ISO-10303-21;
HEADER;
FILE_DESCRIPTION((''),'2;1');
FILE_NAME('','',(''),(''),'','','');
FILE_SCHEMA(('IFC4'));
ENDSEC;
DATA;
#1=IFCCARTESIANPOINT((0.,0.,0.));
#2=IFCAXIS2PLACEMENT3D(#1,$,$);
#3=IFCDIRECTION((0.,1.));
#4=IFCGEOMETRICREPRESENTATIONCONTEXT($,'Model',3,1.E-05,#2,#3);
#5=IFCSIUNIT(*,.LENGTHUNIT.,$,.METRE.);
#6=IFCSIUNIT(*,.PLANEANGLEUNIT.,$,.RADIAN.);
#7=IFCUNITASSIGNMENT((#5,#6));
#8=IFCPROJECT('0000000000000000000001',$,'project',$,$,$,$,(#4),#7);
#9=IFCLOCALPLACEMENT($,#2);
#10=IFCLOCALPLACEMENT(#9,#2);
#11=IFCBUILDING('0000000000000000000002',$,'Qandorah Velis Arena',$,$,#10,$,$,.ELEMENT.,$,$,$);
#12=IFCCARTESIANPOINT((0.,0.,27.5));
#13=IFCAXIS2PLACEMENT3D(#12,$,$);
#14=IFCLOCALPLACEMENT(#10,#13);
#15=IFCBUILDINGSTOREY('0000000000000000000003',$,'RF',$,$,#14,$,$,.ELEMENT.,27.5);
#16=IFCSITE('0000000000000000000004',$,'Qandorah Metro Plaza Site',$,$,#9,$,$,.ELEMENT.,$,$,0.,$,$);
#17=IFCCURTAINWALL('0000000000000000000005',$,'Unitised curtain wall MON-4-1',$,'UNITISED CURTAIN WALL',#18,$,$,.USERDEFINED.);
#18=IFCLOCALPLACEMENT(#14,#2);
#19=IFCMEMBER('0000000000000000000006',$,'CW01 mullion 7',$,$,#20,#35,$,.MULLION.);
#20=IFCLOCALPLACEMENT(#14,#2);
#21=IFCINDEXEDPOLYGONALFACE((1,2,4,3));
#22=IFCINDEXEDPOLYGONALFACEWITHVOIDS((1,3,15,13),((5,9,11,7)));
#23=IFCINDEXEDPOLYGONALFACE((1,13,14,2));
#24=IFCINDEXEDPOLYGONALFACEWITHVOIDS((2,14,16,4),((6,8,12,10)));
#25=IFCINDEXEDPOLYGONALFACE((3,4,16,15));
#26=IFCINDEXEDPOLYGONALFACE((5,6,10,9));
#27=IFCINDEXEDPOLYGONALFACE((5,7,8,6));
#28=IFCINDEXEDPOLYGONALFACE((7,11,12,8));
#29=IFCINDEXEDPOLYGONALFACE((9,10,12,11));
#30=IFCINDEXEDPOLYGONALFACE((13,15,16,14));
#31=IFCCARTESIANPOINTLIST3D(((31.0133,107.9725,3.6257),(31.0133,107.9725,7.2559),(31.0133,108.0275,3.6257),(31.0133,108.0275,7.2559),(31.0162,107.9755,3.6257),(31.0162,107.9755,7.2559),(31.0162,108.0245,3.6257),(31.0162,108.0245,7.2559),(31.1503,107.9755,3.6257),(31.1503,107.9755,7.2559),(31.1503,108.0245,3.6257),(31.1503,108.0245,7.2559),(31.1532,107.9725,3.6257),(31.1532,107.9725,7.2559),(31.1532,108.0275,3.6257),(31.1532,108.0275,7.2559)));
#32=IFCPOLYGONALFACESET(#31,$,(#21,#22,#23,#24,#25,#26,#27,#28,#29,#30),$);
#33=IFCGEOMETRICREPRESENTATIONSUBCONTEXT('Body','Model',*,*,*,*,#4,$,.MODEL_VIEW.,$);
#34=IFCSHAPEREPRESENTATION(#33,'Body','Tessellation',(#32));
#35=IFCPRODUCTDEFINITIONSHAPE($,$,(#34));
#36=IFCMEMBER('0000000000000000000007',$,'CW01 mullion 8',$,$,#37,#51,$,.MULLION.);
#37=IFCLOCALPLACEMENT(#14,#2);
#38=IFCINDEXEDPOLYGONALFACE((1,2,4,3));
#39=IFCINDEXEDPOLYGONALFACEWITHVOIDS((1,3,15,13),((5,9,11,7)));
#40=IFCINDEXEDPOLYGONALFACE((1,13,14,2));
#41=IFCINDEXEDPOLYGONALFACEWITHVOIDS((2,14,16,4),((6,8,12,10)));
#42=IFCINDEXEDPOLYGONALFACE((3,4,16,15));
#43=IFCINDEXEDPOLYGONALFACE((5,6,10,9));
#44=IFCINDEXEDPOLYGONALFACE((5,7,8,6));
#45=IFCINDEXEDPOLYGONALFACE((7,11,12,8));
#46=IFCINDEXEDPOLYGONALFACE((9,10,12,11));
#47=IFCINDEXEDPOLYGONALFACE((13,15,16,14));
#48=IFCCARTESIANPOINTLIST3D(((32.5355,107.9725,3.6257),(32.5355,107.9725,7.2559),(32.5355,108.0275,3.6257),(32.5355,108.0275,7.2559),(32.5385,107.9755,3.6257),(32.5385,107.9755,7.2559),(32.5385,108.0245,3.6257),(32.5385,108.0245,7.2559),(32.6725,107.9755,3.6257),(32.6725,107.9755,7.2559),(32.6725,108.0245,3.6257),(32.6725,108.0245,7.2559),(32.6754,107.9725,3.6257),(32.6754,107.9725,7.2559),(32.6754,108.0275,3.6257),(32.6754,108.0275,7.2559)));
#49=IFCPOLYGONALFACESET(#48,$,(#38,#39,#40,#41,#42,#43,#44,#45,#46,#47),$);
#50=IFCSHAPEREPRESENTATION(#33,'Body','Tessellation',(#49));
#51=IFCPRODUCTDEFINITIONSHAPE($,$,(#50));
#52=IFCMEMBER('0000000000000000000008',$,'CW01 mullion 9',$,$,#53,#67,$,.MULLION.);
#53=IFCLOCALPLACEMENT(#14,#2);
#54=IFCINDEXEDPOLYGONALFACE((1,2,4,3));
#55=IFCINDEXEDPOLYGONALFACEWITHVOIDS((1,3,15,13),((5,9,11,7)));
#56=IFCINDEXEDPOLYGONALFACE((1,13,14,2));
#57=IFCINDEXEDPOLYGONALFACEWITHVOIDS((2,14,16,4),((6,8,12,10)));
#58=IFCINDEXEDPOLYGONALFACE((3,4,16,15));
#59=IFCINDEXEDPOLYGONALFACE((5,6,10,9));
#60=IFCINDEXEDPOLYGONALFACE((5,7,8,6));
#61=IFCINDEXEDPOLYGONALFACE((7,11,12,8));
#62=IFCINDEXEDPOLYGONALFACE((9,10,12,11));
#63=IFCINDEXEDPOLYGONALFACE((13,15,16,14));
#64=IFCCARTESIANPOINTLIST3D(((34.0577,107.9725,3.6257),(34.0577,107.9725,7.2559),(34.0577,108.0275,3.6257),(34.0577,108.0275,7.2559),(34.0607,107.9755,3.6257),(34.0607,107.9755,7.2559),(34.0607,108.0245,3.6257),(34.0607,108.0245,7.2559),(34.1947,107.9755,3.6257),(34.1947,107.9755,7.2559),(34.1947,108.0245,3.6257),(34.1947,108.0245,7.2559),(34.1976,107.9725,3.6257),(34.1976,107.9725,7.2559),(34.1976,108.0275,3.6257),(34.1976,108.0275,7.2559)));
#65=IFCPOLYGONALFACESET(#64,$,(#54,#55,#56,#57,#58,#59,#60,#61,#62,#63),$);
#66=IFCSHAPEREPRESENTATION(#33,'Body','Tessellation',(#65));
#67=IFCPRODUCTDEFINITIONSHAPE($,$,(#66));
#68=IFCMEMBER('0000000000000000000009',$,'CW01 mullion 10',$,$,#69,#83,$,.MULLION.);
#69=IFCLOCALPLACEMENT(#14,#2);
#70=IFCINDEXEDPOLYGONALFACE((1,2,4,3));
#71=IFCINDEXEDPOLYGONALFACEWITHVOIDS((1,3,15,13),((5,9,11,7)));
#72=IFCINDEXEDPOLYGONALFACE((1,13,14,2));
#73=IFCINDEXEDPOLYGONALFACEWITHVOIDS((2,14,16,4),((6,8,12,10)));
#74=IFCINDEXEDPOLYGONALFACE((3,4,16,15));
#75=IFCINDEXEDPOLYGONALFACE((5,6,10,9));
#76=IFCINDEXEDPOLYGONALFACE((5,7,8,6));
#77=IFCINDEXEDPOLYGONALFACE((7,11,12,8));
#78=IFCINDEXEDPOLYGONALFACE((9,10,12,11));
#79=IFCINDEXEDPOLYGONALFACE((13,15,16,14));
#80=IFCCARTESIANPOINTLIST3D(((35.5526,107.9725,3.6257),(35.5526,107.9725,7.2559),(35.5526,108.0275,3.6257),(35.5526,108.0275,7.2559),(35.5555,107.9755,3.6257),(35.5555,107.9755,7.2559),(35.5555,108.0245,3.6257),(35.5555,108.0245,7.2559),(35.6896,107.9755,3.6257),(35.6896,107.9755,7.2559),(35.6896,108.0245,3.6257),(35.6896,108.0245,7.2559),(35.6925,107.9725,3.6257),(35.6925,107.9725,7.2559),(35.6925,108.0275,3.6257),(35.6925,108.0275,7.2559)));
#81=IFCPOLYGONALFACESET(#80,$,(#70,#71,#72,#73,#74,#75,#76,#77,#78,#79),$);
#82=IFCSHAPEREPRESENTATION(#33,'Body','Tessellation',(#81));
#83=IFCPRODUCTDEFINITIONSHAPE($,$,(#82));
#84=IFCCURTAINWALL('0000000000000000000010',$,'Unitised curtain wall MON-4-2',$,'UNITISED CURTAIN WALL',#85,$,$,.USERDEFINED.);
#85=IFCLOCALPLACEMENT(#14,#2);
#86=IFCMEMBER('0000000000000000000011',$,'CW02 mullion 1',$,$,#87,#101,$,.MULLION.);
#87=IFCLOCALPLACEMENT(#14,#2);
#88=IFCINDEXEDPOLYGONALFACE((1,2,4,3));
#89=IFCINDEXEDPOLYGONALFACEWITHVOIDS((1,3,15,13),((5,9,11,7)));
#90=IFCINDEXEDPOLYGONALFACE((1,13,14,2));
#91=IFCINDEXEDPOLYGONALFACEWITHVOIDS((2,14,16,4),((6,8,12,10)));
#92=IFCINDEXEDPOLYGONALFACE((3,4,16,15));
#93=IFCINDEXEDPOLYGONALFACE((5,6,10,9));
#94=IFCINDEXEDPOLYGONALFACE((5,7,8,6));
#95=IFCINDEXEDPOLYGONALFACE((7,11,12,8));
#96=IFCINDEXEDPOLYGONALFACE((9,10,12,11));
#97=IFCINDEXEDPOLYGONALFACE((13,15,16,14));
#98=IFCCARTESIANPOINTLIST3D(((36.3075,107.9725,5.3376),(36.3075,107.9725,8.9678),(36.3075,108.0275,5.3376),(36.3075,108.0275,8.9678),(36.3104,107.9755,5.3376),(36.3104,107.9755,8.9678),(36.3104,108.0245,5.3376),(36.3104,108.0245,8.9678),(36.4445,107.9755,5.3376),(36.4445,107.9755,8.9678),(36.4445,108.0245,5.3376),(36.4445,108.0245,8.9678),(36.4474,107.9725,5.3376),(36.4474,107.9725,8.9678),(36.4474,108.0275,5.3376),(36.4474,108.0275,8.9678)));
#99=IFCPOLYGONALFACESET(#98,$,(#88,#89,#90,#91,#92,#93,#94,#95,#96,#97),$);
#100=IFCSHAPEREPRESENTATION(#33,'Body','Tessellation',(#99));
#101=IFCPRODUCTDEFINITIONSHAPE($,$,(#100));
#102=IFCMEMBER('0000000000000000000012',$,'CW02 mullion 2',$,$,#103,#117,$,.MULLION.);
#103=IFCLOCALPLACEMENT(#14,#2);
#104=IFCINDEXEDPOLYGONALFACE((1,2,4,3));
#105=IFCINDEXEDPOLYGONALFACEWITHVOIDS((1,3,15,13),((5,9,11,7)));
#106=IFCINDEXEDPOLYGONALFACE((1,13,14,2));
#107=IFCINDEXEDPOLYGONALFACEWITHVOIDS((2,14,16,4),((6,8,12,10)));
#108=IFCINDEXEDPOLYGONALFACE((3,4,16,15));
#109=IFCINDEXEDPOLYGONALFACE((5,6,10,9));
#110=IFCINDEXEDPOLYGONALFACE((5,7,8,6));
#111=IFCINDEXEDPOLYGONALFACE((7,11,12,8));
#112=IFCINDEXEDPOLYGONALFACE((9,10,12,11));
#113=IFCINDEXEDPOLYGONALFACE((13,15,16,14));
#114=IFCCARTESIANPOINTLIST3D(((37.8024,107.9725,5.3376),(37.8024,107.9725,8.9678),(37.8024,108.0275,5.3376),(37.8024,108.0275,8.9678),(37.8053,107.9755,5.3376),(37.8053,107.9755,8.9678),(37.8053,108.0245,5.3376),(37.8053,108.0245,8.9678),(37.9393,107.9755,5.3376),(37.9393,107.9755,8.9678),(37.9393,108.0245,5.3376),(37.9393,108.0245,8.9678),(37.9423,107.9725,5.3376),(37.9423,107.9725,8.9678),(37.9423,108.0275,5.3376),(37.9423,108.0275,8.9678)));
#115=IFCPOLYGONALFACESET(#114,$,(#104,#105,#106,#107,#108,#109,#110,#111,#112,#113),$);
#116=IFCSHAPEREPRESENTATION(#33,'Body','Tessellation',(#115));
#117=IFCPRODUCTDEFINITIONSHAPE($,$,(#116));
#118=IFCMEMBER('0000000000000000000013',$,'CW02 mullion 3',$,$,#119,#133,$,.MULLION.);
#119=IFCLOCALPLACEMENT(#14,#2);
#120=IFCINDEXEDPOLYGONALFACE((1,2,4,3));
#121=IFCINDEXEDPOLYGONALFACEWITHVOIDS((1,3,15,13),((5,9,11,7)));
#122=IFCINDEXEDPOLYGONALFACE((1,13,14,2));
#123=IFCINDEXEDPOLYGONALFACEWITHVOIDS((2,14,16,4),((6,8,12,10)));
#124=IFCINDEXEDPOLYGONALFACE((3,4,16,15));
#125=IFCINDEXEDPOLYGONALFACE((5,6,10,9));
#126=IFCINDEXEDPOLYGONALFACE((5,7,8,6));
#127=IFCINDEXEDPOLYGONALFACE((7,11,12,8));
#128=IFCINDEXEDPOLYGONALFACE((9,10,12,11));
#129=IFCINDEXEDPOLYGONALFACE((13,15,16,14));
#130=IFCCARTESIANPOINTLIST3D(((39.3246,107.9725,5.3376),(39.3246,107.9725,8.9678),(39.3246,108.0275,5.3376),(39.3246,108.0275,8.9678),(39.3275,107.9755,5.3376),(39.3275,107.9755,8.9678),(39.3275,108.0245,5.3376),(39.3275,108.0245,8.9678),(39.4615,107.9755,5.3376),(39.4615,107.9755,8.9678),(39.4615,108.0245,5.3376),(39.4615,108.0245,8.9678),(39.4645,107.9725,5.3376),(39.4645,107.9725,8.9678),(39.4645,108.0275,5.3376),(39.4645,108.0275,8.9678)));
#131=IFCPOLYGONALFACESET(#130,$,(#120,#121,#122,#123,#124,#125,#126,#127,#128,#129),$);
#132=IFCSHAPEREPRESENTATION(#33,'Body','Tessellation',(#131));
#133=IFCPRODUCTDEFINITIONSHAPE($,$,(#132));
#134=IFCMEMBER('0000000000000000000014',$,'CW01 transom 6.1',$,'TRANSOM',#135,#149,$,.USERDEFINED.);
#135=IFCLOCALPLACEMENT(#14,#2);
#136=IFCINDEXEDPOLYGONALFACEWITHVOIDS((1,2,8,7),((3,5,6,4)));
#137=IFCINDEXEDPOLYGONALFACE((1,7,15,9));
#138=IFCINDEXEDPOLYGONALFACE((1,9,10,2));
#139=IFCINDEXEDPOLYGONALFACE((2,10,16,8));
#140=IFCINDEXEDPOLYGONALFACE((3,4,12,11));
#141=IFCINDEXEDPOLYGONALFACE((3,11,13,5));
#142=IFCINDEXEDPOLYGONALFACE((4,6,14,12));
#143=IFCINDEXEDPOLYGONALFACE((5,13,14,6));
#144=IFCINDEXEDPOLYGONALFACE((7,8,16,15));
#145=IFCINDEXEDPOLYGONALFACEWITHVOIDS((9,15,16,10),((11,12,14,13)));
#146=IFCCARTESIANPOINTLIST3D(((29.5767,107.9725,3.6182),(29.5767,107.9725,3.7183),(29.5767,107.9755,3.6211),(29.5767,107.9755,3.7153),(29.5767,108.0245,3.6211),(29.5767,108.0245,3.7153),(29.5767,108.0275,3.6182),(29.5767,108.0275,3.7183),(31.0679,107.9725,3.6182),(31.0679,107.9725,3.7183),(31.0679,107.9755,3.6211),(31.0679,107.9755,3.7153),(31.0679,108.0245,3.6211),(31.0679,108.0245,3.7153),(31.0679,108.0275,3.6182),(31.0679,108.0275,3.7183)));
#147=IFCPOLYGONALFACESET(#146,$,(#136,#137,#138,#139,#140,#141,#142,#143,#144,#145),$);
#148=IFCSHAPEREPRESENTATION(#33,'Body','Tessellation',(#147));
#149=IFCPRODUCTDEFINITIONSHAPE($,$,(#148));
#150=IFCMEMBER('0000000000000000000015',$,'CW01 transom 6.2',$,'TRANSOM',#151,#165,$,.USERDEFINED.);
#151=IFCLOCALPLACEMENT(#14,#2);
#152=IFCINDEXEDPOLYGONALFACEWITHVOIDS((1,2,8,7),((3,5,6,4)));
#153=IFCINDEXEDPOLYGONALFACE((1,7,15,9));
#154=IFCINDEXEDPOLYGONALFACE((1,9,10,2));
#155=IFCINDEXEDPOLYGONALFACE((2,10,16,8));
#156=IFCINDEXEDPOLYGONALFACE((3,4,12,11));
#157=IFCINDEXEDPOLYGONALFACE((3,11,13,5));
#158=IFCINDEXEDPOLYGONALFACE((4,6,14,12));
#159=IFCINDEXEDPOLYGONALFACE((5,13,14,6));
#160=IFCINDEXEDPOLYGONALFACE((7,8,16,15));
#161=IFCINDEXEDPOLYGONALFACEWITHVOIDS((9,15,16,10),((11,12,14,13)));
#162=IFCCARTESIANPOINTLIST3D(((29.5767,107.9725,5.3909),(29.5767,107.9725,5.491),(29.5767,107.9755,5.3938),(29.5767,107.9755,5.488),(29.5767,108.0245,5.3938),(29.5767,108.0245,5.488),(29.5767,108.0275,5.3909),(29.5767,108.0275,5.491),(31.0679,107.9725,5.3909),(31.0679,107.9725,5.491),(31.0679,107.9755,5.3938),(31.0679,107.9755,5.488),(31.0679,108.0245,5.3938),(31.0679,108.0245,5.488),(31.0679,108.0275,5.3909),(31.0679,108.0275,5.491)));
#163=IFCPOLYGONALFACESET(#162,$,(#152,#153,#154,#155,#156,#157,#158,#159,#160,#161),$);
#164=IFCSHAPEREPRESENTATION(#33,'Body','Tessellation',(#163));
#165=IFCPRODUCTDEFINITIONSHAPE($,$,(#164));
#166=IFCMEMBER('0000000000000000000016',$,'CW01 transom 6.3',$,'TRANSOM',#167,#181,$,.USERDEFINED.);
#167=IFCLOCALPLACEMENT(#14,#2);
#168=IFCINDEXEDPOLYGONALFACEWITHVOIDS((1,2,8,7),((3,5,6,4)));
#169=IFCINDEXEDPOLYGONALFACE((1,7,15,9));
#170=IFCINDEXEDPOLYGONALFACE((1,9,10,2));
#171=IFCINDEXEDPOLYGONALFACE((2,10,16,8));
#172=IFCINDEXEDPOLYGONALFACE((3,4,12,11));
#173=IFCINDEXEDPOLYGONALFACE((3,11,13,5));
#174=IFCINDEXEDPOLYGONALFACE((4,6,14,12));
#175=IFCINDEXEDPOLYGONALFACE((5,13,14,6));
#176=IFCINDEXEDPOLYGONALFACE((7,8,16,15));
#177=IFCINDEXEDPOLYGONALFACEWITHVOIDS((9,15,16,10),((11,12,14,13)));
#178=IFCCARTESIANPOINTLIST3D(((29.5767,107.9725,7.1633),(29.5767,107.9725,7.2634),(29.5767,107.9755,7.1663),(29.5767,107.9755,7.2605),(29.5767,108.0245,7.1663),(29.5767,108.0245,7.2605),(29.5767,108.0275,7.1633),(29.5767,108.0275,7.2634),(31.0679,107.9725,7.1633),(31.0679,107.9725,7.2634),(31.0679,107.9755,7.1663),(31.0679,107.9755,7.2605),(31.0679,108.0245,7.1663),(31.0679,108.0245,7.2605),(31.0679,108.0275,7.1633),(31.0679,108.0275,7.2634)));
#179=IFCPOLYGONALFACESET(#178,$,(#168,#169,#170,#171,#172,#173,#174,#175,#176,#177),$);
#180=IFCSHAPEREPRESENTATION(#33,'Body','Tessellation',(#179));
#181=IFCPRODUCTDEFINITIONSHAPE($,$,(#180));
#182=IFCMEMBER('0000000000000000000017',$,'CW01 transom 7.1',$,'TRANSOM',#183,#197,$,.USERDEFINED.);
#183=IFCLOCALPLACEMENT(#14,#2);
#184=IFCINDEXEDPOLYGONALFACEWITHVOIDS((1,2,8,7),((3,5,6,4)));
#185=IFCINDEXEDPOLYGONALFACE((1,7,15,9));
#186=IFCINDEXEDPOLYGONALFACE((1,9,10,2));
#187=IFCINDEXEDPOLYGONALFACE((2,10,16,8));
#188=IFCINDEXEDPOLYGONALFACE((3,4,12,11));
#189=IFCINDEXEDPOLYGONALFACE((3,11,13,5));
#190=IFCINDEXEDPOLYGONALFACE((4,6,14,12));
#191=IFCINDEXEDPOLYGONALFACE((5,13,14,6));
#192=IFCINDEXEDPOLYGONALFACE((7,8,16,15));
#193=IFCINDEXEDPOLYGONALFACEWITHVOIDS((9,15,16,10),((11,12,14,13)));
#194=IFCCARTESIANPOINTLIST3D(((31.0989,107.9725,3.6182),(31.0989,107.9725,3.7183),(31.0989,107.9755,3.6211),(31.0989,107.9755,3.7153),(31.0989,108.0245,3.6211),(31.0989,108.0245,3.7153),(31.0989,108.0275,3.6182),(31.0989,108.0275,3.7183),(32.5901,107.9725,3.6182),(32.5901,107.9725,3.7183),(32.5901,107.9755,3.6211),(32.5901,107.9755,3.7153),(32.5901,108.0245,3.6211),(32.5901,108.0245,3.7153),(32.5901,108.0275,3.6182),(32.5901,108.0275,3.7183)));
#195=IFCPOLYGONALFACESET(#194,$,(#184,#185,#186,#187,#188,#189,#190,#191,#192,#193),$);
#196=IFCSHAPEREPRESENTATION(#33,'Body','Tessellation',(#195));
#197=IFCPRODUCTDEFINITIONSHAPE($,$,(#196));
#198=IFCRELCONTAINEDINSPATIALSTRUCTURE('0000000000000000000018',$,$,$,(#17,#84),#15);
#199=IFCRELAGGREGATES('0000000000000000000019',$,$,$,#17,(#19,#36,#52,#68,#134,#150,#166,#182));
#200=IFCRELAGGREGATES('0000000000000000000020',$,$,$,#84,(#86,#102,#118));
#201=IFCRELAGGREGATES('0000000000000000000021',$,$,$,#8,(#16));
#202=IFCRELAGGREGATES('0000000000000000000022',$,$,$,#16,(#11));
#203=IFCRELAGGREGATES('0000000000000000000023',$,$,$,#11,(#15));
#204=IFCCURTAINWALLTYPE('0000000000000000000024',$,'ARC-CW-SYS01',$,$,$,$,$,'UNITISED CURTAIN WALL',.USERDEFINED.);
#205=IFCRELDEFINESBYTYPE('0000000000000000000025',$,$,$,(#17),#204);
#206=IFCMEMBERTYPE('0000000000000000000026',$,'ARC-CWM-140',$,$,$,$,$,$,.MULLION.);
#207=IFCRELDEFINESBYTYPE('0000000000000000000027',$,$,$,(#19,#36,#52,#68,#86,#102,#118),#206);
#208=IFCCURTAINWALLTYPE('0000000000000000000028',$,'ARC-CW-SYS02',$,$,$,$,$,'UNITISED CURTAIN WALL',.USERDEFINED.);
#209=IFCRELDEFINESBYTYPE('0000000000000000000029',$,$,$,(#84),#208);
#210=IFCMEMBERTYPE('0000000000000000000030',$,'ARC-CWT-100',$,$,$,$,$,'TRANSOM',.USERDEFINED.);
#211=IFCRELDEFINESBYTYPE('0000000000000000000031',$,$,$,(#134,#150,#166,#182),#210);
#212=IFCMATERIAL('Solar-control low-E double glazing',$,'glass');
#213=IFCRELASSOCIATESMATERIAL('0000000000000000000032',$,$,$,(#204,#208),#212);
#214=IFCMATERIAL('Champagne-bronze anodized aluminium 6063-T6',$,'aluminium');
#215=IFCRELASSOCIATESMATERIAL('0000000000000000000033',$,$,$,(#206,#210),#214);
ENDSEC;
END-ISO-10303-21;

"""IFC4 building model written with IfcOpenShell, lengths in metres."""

from ifc_helpers import new_model, si_unit, direction, frame, origin, origin_2d, place, context, subcontext, project, spatial, hollow_rectangle, extrude, material, material_profile, profile_set, type_object, element, aggregate, save


model = new_model("IFC4")

# Units and contexts
model_context = context("Model", 3, precision=1e-05, world=origin(), true_north=direction((0.0, 1.0)))
body_context = subcontext(model_context, "Body", "Model", "MODEL_VIEW")
ifc_project = project(units=[si_unit("LENGTHUNIT", "METRE"), si_unit("PLANEANGLEUNIT", "RADIAN")], contexts=[model_context])

# Site, building, storey
site_placement = place(None, origin())
site = spatial("IfcSite", under=ifc_project, at=site_placement, Name="Qandorah Metro Plaza Site", CompositionType="ELEMENT", RefElevation=0.0)
building_placement = place(site_placement, origin())
building = spatial("IfcBuilding", under=site, at=building_placement, Name="Qandorah Velis Arena", CompositionType="ELEMENT")
storey_placement = place(building_placement, frame((0.0, 0.0, 27.5)))
storey = spatial("IfcBuildingStorey", under=building, at=storey_placement, Name="RF", CompositionType="ELEMENT", Elevation=27.5)

# Curtain walls, members
ifc_material_1 = material(Name="Solar-control low-E double glazing", Category="glass")
curtain_wall_type_1 = type_object("IfcCurtainWallType", Name="ARC-CW-SYS01", ElementType="UNITISED CURTAIN WALL", PredefinedType="USERDEFINED", material=ifc_material_1)
curtain_wall_1_placement = place(storey_placement, origin())
curtain_wall_1 = element("IfcCurtainWall", 1, at=curtain_wall_1_placement, inside=storey, type_object=curtain_wall_type_1, Name="Unitised curtain wall MON-4-1", ObjectType="UNITISED CURTAIN WALL", PredefinedType="USERDEFINED")
ifc_material_2 = material(Name="Champagne-bronze anodized aluminium 6063-T6", Category="aluminium")
ifc_material_profile_1 = material_profile(ifc_material_2, hollow_rectangle(XDim=0.0549, YDim=0.1399, WallThickness=0.0029, at=origin_2d()), Name="ALU MULLION 55x140")
ifc_profile_set_1 = profile_set([ifc_material_profile_1], Name="Champagne-bronze anodized aluminium 6063-T6")
member_type_1 = type_object("IfcMemberType", Name="ARC-CWM-140", PredefinedType="MULLION", material=ifc_profile_set_1)
member_1_placement = place(storey_placement, frame((31.0833, 108.0, 3.6257), z_axis=(0.0, 0.0, 1.0), x_axis=(0.0, 1.0, 0.0)))
member_1 = element("IfcMember", 2, at=member_1_placement, type_object=member_type_1, Name="CW01 mullion 7", PredefinedType="MULLION", context=body_context, shape_type="SweptSolid", body=[
    extrude(hollow_rectangle(XDim=0.0549, YDim=0.1399, WallThickness=0.0029, at=origin_2d()), origin(), (0.0, 0.0, 1.0), 3.6301),
])
member_2_placement = place(storey_placement, frame((32.6055, 108.0, 3.6257), z_axis=(0.0, 0.0, 1.0), x_axis=(0.0, 1.0, 0.0)))
member_2 = element("IfcMember", 3, at=member_2_placement, type_object=member_type_1, Name="CW01 mullion 8", PredefinedType="MULLION", context=body_context, shape_type="SweptSolid", body=[
    extrude(hollow_rectangle(XDim=0.0549, YDim=0.1399, WallThickness=0.0029, at=origin_2d()), origin(), (0.0, 0.0, 1.0), 3.6301),
])
member_3_placement = place(storey_placement, frame((34.1277, 108.0, 3.6257), z_axis=(0.0, 0.0, 1.0), x_axis=(0.0, 1.0, 0.0)))
member_3 = element("IfcMember", 4, at=member_3_placement, type_object=member_type_1, Name="CW01 mullion 9", PredefinedType="MULLION", context=body_context, shape_type="SweptSolid", body=[
    extrude(hollow_rectangle(XDim=0.0549, YDim=0.1399, WallThickness=0.0029, at=origin_2d()), origin(), (0.0, 0.0, 1.0), 3.6301),
])
member_4_placement = place(storey_placement, frame((35.6226, 108.0, 3.6257), z_axis=(0.0, 0.0, 1.0), x_axis=(0.0, 1.0, 0.0)))
member_4 = element("IfcMember", 5, at=member_4_placement, type_object=member_type_1, Name="CW01 mullion 10", PredefinedType="MULLION", context=body_context, shape_type="SweptSolid", body=[
    extrude(hollow_rectangle(XDim=0.0549, YDim=0.1399, WallThickness=0.0029, at=origin_2d()), origin(), (0.0, 0.0, 1.0), 3.6301),
])
curtain_wall_type_2 = type_object("IfcCurtainWallType", Name="ARC-CW-SYS02", ElementType="UNITISED CURTAIN WALL", PredefinedType="USERDEFINED", material=ifc_material_1)
curtain_wall_2_placement = place(storey_placement, origin())
curtain_wall_2 = element("IfcCurtainWall", 6, at=curtain_wall_2_placement, inside=storey, type_object=curtain_wall_type_2, Name="Unitised curtain wall MON-4-2", ObjectType="UNITISED CURTAIN WALL", PredefinedType="USERDEFINED")
member_5_placement = place(storey_placement, frame((36.3774, 108.0, 5.3376), z_axis=(0.0, 0.0, 1.0), x_axis=(0.0, 1.0, 0.0)))
member_5 = element("IfcMember", 7, at=member_5_placement, type_object=member_type_1, Name="CW02 mullion 1", PredefinedType="MULLION", context=body_context, shape_type="SweptSolid", body=[
    extrude(hollow_rectangle(XDim=0.0549, YDim=0.1399, WallThickness=0.0029, at=origin_2d()), origin(), (0.0, 0.0, 1.0), 3.6301),
])
member_6_placement = place(storey_placement, frame((37.8723, 108.0, 5.3376), z_axis=(0.0, 0.0, 1.0), x_axis=(0.0, 1.0, 0.0)))
member_6 = element("IfcMember", 8, at=member_6_placement, type_object=member_type_1, Name="CW02 mullion 2", PredefinedType="MULLION", context=body_context, shape_type="SweptSolid", body=[
    extrude(hollow_rectangle(XDim=0.0549, YDim=0.1399, WallThickness=0.0029, at=origin_2d()), origin(), (0.0, 0.0, 1.0), 3.6301),
])
member_7_placement = place(storey_placement, frame((39.3945, 108.0, 5.3376), z_axis=(0.0, 0.0, 1.0), x_axis=(0.0, 1.0, 0.0)))
member_7 = element("IfcMember", 9, at=member_7_placement, type_object=member_type_1, Name="CW02 mullion 3", PredefinedType="MULLION", context=body_context, shape_type="SweptSolid", body=[
    extrude(hollow_rectangle(XDim=0.0549, YDim=0.1399, WallThickness=0.0029, at=origin_2d()), origin(), (0.0, 0.0, 1.0), 3.6301),
])

# Members
ifc_material_profile_2 = material_profile(ifc_material_2, hollow_rectangle(XDim=0.0549, YDim=0.1001, WallThickness=0.0029, at=origin_2d()), Name="ALU TRANSOM 55x100")
ifc_profile_set_2 = profile_set([ifc_material_profile_2], Name="Champagne-bronze anodized aluminium 6063-T6")
member_type_2 = type_object("IfcMemberType", Name="ARC-CWT-100", ElementType="TRANSOM", PredefinedType="USERDEFINED", material=ifc_profile_set_2)
member_8_placement = place(storey_placement, frame((29.5767, 108.0, 3.6682), z_axis=(1.0, 0.0, 0.0), x_axis=(0.0, 1.0, 0.0)))
member_8 = element("IfcMember", 10, at=member_8_placement, type_object=member_type_2, Name="CW01 transom 6.1", ObjectType="TRANSOM", PredefinedType="USERDEFINED", context=body_context, shape_type="SweptSolid", body=[
    extrude(hollow_rectangle(XDim=0.0549, YDim=0.1001, WallThickness=0.0029, at=origin_2d()), origin(), (0.0, 0.0, 1.0), 1.4912),
])
member_9_placement = place(storey_placement, frame((29.5767, 108.0, 5.4409), z_axis=(1.0, 0.0, 0.0), x_axis=(0.0, 1.0, 0.0)))
member_9 = element("IfcMember", 11, at=member_9_placement, type_object=member_type_2, Name="CW01 transom 6.2", ObjectType="TRANSOM", PredefinedType="USERDEFINED", context=body_context, shape_type="SweptSolid", body=[
    extrude(hollow_rectangle(XDim=0.0549, YDim=0.1001, WallThickness=0.0029, at=origin_2d()), origin(), (0.0, 0.0, 1.0), 1.4912),
])
member_10_placement = place(storey_placement, frame((29.5767, 108.0, 7.2134), z_axis=(1.0, 0.0, 0.0), x_axis=(0.0, 1.0, 0.0)))
member_10 = element("IfcMember", 12, at=member_10_placement, type_object=member_type_2, Name="CW01 transom 6.3", ObjectType="TRANSOM", PredefinedType="USERDEFINED", context=body_context, shape_type="SweptSolid", body=[
    extrude(hollow_rectangle(XDim=0.0549, YDim=0.1001, WallThickness=0.0029, at=origin_2d()), origin(), (0.0, 0.0, 1.0), 1.4912),
])
member_11_placement = place(storey_placement, frame((31.0989, 108.0, 3.6682), z_axis=(1.0, 0.0, 0.0), x_axis=(0.0, 1.0, 0.0)))
member_11 = element("IfcMember", 13, at=member_11_placement, type_object=member_type_2, Name="CW01 transom 7.1", ObjectType="TRANSOM", PredefinedType="USERDEFINED", context=body_context, shape_type="SweptSolid", body=[
    extrude(hollow_rectangle(XDim=0.0549, YDim=0.1001, WallThickness=0.0029, at=origin_2d()), origin(), (0.0, 0.0, 1.0), 1.4912),
])

aggregate(curtain_wall_1, [member_1, member_2, member_3, member_4, member_8, member_9, member_10, member_11])
aggregate(curtain_wall_2, [member_5, member_6, member_7])

save(model, "model.ifc")
